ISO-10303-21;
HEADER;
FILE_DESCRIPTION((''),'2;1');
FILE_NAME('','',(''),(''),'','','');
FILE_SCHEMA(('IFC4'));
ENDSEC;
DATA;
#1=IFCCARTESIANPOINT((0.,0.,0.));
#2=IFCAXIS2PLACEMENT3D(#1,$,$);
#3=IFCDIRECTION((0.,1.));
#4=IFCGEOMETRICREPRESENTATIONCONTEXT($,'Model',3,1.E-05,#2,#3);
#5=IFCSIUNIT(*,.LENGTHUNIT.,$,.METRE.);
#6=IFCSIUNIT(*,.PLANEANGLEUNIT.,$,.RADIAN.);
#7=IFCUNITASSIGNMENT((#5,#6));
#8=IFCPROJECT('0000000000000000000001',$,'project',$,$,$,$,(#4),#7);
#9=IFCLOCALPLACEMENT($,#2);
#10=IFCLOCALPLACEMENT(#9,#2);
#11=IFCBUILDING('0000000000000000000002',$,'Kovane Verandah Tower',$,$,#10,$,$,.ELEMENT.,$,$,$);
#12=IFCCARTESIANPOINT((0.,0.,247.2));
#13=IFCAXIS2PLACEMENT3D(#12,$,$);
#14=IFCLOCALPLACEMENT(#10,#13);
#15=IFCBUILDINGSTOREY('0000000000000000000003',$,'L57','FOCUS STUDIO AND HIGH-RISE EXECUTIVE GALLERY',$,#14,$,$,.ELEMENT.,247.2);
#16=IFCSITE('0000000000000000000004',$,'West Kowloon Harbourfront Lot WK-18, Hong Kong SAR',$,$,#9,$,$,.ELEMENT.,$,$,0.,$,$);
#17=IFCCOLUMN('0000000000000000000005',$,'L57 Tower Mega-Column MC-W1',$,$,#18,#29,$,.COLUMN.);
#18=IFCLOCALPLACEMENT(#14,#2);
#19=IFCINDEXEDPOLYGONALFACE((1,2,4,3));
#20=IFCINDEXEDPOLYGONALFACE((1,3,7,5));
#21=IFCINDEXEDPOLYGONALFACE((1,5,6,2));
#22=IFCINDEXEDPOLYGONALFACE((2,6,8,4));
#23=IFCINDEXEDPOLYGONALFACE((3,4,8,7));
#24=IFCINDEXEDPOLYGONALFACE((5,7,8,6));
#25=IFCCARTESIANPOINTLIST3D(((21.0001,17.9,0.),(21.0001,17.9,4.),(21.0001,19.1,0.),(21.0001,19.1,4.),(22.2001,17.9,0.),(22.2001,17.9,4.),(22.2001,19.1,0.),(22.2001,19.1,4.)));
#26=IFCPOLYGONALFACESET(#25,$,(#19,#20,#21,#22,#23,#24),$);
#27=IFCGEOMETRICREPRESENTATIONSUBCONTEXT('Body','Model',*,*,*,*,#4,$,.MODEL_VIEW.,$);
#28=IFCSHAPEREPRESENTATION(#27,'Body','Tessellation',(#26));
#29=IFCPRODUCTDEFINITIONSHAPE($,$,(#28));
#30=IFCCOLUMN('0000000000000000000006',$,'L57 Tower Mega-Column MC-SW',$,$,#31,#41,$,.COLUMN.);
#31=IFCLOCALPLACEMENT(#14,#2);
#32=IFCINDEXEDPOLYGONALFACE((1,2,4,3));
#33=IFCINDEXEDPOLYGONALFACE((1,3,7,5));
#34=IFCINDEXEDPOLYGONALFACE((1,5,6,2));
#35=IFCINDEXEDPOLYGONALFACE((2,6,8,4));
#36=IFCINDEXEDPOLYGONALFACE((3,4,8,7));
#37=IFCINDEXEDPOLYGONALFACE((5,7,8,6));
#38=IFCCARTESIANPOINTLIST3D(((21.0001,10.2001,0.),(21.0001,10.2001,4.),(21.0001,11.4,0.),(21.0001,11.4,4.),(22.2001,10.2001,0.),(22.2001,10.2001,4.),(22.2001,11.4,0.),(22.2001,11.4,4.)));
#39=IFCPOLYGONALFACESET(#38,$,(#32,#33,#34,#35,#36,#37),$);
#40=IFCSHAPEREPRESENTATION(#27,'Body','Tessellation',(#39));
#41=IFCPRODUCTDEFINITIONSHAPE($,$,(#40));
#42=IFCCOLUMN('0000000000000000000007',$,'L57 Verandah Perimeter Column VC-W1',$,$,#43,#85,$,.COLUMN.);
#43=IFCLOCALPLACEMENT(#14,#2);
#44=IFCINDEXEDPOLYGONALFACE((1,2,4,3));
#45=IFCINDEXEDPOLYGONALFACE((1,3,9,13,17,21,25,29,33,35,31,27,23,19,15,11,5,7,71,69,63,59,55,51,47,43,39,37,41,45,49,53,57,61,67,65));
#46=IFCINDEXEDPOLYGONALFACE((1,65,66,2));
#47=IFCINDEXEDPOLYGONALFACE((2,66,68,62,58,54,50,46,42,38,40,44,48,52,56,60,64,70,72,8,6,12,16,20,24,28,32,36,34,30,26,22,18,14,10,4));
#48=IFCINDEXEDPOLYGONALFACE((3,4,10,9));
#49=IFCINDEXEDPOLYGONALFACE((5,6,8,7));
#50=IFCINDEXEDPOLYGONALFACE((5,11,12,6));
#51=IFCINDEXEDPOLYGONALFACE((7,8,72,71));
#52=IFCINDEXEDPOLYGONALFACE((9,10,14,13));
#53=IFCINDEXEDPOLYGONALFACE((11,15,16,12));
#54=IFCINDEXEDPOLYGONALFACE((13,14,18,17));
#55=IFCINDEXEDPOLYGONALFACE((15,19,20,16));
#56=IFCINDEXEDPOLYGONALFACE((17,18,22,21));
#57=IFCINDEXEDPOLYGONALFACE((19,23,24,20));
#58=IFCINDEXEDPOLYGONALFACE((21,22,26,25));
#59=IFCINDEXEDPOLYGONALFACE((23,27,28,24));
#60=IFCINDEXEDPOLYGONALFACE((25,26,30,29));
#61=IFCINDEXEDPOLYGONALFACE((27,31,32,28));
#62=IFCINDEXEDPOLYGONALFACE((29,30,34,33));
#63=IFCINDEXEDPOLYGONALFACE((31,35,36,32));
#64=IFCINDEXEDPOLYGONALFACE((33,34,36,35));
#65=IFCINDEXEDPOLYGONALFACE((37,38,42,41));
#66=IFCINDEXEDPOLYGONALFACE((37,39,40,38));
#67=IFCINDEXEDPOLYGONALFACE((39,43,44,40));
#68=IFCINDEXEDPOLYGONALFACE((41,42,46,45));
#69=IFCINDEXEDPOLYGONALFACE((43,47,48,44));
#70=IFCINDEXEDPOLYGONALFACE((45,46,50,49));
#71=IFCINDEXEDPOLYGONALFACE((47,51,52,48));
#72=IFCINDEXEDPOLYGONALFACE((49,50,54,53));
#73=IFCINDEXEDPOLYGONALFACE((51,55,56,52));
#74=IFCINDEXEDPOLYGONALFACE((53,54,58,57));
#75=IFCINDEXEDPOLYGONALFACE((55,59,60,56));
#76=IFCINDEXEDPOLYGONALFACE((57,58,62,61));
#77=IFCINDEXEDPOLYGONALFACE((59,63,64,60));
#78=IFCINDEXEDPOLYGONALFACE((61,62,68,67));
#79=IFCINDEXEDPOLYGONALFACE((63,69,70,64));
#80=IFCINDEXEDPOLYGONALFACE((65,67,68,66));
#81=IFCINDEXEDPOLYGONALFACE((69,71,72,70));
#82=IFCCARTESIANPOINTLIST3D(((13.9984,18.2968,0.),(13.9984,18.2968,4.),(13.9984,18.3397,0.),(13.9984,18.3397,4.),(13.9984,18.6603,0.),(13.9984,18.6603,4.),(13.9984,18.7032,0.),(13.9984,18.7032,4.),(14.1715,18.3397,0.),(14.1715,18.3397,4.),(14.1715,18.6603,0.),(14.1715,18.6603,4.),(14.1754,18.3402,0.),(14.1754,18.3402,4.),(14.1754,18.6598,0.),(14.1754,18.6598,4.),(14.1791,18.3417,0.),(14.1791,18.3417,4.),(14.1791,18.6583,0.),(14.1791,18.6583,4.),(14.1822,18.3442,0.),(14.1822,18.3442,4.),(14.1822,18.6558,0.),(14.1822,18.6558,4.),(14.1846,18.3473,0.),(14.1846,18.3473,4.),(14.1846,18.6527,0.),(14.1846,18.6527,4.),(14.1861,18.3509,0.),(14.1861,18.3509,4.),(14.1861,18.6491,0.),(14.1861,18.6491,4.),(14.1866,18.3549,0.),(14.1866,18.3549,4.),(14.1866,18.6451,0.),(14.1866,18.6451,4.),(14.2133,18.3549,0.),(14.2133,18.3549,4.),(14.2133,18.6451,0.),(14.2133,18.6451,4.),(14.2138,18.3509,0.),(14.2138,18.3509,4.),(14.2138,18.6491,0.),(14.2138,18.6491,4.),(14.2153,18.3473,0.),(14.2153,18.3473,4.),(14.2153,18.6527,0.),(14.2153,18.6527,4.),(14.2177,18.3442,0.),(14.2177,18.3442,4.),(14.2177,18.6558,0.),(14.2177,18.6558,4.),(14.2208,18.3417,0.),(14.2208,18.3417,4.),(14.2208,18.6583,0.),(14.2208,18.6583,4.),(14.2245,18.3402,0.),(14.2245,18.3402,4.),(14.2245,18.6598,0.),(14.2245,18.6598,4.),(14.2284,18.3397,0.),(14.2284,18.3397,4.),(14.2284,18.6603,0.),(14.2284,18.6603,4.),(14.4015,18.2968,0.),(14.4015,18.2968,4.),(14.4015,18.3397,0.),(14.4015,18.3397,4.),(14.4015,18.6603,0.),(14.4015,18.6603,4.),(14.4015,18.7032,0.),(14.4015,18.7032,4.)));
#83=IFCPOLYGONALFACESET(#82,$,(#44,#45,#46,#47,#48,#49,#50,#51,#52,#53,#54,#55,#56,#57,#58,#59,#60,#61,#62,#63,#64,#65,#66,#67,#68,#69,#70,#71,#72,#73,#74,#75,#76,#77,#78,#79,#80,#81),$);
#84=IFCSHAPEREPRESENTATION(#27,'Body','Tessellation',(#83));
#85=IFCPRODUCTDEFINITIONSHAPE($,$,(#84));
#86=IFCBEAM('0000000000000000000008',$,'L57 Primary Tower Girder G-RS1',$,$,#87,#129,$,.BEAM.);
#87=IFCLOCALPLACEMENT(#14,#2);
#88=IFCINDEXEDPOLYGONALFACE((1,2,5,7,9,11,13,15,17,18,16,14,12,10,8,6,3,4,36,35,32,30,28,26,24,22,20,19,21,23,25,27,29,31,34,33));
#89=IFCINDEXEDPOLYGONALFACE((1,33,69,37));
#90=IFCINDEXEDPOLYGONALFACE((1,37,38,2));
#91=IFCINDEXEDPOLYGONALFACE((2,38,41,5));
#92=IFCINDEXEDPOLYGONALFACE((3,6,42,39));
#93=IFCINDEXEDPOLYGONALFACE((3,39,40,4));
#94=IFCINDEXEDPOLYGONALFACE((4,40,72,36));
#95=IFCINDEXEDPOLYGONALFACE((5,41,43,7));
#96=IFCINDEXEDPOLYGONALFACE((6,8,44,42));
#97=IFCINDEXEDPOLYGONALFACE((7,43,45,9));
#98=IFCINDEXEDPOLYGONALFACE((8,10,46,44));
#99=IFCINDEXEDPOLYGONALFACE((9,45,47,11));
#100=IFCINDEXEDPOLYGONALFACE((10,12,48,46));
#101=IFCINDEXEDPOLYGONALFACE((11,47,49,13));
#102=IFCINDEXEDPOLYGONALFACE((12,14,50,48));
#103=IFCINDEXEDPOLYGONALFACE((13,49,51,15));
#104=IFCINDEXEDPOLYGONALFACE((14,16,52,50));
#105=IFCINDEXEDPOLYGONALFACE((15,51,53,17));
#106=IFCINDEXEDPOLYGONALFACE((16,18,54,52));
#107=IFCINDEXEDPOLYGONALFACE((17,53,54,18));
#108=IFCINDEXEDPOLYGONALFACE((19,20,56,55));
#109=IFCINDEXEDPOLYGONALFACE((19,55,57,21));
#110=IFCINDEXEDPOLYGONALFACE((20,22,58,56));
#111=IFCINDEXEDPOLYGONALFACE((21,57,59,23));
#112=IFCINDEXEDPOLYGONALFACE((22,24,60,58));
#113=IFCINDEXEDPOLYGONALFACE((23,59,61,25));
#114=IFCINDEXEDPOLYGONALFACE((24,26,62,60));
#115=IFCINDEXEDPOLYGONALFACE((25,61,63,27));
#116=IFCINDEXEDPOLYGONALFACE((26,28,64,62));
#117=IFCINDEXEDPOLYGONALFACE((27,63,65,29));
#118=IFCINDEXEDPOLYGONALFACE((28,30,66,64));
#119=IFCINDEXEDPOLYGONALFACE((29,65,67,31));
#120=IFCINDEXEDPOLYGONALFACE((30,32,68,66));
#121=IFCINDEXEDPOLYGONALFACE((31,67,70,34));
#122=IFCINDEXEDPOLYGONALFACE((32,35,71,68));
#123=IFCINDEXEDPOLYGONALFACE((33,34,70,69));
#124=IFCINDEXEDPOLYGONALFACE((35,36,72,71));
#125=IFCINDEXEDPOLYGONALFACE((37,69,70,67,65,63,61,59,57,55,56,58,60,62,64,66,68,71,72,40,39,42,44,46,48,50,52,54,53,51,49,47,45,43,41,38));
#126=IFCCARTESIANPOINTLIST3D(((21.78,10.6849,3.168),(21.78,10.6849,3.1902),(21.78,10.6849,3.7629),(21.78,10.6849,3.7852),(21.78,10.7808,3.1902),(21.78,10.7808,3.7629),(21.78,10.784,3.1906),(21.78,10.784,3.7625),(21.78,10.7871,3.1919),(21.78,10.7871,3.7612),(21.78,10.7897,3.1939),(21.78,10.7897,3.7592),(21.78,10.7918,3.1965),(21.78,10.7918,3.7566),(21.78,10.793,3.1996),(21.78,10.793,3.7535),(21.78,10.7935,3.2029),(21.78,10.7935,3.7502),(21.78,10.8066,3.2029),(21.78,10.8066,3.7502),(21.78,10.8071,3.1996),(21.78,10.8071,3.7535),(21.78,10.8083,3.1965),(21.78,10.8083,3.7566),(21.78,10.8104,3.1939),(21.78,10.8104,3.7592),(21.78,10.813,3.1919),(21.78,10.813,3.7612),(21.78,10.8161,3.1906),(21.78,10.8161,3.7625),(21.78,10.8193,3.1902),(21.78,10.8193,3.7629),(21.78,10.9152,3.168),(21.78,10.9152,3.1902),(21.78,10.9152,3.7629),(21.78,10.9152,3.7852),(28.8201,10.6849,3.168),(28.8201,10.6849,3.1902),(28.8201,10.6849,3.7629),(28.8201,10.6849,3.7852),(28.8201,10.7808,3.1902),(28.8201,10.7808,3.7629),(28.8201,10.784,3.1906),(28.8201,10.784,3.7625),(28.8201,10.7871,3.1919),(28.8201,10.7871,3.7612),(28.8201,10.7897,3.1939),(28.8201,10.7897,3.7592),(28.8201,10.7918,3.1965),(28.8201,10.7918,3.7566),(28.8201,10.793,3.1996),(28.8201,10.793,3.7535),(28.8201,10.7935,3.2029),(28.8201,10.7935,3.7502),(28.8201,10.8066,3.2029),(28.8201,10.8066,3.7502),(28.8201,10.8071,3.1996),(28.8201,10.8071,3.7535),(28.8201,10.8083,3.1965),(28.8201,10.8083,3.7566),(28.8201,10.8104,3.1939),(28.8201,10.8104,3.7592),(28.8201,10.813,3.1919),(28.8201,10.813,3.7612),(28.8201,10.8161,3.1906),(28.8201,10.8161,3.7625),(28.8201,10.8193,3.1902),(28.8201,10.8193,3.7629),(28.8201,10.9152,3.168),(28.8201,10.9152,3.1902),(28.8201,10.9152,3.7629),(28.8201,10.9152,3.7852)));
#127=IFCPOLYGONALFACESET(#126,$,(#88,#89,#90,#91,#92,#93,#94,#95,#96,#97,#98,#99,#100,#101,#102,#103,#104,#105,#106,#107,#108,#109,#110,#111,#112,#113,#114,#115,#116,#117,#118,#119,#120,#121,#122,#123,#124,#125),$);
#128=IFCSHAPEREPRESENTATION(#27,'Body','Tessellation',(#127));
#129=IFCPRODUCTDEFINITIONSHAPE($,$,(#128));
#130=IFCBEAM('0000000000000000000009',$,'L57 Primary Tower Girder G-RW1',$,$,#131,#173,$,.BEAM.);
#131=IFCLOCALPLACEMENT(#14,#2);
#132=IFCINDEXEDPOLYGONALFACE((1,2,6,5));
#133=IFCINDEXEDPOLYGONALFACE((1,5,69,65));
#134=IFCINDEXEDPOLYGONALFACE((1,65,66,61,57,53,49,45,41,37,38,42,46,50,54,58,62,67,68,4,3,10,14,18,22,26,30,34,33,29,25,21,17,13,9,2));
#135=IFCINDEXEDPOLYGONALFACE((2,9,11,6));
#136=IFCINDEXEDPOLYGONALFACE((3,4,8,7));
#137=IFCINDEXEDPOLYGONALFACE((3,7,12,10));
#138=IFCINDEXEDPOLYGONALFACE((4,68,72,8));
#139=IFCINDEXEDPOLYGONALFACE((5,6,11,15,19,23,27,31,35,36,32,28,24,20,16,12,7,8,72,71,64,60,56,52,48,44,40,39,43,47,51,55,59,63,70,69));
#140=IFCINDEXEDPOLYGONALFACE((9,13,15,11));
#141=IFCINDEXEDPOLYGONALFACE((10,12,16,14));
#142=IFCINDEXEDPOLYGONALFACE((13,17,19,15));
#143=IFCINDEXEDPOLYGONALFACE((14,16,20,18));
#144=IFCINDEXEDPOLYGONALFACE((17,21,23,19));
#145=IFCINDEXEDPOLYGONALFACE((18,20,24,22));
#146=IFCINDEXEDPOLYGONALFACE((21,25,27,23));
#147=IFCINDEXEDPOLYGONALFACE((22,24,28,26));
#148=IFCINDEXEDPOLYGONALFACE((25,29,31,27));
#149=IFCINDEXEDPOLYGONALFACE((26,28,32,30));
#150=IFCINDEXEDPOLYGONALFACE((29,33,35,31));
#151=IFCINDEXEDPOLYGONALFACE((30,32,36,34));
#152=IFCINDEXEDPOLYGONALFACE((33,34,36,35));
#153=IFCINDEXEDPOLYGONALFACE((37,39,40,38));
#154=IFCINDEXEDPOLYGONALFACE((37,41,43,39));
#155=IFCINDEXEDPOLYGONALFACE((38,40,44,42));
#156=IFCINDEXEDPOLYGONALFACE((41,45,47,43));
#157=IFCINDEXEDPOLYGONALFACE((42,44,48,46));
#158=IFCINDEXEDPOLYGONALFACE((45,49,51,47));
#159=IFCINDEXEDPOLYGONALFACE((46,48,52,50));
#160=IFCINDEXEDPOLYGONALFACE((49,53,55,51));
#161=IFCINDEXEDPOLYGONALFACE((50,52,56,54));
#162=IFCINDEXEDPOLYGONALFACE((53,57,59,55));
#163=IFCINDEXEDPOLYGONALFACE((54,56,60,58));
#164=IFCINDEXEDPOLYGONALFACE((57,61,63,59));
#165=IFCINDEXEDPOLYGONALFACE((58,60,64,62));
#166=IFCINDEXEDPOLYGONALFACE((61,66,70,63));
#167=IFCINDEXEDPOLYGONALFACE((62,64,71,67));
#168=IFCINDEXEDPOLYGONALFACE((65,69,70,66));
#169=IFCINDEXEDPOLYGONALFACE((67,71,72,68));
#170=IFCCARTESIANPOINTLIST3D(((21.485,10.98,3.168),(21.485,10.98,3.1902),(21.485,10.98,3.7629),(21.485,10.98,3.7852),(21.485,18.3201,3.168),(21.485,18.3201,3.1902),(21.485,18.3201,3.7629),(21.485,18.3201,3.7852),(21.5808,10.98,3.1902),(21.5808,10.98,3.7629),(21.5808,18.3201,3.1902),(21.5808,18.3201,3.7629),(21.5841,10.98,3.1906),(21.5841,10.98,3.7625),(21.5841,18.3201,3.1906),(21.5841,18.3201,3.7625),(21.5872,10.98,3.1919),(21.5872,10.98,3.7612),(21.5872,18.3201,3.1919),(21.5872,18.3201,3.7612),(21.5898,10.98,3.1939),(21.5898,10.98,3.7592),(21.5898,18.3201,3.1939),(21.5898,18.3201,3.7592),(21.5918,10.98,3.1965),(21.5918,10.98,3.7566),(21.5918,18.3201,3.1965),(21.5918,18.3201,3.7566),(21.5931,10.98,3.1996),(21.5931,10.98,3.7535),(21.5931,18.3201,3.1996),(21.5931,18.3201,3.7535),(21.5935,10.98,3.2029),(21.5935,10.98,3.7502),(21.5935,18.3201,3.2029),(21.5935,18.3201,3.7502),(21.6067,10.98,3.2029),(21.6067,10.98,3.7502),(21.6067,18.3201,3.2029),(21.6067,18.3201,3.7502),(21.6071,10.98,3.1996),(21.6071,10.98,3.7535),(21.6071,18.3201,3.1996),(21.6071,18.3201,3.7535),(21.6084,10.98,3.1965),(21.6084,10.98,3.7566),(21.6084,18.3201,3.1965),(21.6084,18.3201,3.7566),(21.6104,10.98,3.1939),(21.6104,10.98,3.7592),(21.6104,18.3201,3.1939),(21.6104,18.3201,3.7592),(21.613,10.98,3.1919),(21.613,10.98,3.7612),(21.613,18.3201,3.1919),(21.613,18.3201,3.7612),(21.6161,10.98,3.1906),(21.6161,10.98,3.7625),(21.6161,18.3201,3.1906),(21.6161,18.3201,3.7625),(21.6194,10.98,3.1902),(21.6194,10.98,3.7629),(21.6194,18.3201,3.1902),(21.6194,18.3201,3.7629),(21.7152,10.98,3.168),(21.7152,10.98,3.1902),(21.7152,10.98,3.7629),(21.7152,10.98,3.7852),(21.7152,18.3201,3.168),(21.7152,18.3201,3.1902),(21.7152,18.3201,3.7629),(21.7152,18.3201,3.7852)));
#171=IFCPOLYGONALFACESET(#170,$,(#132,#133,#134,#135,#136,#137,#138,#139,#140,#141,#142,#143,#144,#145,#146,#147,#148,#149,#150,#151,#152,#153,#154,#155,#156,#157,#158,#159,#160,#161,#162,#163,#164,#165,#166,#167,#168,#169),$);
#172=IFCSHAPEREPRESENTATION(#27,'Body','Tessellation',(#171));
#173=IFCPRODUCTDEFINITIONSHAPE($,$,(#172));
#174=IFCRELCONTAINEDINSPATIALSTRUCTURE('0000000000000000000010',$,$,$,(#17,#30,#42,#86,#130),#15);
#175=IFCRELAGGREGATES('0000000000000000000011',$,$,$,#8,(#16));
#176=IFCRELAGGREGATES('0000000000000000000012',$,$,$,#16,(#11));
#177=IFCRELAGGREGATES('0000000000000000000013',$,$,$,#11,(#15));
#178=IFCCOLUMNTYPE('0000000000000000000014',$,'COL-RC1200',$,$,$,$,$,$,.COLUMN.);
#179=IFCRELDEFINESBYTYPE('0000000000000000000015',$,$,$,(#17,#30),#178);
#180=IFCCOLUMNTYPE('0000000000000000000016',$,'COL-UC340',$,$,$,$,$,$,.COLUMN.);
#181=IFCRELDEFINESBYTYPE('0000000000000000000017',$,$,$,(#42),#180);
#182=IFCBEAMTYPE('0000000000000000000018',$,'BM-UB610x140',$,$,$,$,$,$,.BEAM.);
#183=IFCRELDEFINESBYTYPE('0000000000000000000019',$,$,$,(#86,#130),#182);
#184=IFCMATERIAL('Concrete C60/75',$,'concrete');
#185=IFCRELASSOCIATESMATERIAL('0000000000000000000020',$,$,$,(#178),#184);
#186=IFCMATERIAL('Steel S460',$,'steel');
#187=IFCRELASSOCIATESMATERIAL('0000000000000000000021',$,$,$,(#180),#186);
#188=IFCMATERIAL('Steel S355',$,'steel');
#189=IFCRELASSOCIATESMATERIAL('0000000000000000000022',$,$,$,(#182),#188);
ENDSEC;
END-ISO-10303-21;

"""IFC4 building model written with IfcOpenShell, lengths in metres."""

from ifc_helpers import new_model, si_unit, direction, frame, origin, origin_2d, place, context, subcontext, project, spatial, rectangle, i_section, extrude, material, material_profile, profile_set, type_object, element, save


model = new_model("IFC4")

# Units and contexts
model_context = context("Model", 3, precision=1e-05, world=origin(), true_north=direction((0.0, 1.0)))
body_context = subcontext(model_context, "Body", "Model", "MODEL_VIEW")
ifc_project = project(units=[si_unit("LENGTHUNIT", "METRE"), si_unit("PLANEANGLEUNIT", "RADIAN")], contexts=[model_context])

# Site, building, storey
site_placement = place(None, origin())
site = spatial("IfcSite", under=ifc_project, at=site_placement, Name="West Kowloon Harbourfront Lot WK-18, Hong Kong SAR", CompositionType="ELEMENT", RefElevation=0.0)
building_placement = place(site_placement, origin())
building = spatial("IfcBuilding", under=site, at=building_placement, Name="Kovane Verandah Tower", CompositionType="ELEMENT")
storey_placement = place(building_placement, frame((0.0, 0.0, 247.2)))
storey = spatial("IfcBuildingStorey", under=building, at=storey_placement, Name="L57", Description="FOCUS STUDIO AND HIGH-RISE EXECUTIVE GALLERY", CompositionType="ELEMENT", Elevation=247.2)

# Columns
ifc_material_1 = material(Name="Concrete C60/75", Category="concrete")
ifc_material_profile_1 = material_profile(ifc_material_1, rectangle(XDim=1.2, YDim=1.2, at=origin_2d()), Name="RC1200x1200")
ifc_profile_set_1 = profile_set([ifc_material_profile_1], Name="Concrete C60/75")
column_type_1 = type_object("IfcColumnType", Name="COL-RC1200", PredefinedType="COLUMN", material=ifc_profile_set_1)
for number, where, z_axis, x_axis, name in (
    (1, (21.6001, 18.5, 0.0), (0.0, 0.0, 1.0), (1.0, 0.0, 0.0), "L57 Tower Mega-Column MC-W1"),
    (2, (21.6001, 10.8, 0.0), (0.0, 0.0, 1.0), (1.0, 0.0, 0.0), "L57 Tower Mega-Column MC-SW"),
):
    element("IfcColumn", number, at=place(storey_placement, frame(where, z_axis=z_axis, x_axis=x_axis)), inside=storey, type_object=column_type_1, Name=name, PredefinedType="COLUMN", context=body_context, shape_type="SweptSolid", body=[
        extrude(rectangle(XDim=1.2, YDim=1.2, at=origin_2d()), origin(), (0.0, 0.0, 1.0), 4.0),
    ])
ifc_material_2 = material(Name="Steel S460", Category="steel")
ifc_material_profile_2 = material_profile(ifc_material_2, i_section(OverallWidth=0.4031, OverallDepth=0.4065, WebThickness=0.0266, FlangeThickness=0.043, FilletRadius=0.0151, at=origin_2d()), Name="UC356x406x340")
ifc_profile_set_2 = profile_set([ifc_material_profile_2], Name="Steel S460")
column_type_2 = type_object("IfcColumnType", Name="COL-UC340", PredefinedType="COLUMN", material=ifc_profile_set_2)
column_placement = place(storey_placement, frame((14.2, 18.5, 0.0), z_axis=(0.0, 0.0, 1.0), x_axis=(1.0, 0.0, 0.0)))
element("IfcColumn", 3, at=column_placement, inside=storey, type_object=column_type_2, Name="L57 Verandah Perimeter Column VC-W1", PredefinedType="COLUMN", context=body_context, shape_type="SweptSolid", body=[
    extrude(i_section(OverallWidth=0.4031, OverallDepth=0.4065, WebThickness=0.0266, FlangeThickness=0.043, FilletRadius=0.0151, at=origin_2d()), origin(), (0.0, 0.0, 1.0), 4.0),
])

# Beams
ifc_material_3 = material(Name="Steel S355", Category="steel")
ifc_material_profile_3 = material_profile(ifc_material_3, i_section(OverallWidth=0.2302, OverallDepth=0.6172, WebThickness=0.0132, FlangeThickness=0.0222, FilletRadius=0.0127, at=origin_2d()), Name="UB610x229x140")
ifc_profile_set_3 = profile_set([ifc_material_profile_3], Name="Steel S355")
beam_type_1 = type_object("IfcBeamType", Name="BM-UB610x140", PredefinedType="BEAM", material=ifc_profile_set_3)
beam_1_placement = place(storey_placement, frame((21.78, 10.8, 3.4766), z_axis=(1.0, 0.0, 0.0), x_axis=(0.0, 1.0, 0.0)))
element("IfcBeam", 4, at=beam_1_placement, inside=storey, type_object=beam_type_1, Name="L57 Primary Tower Girder G-RS1", PredefinedType="BEAM", context=body_context, shape_type="SweptSolid", body=[
    extrude(i_section(OverallWidth=0.2302, OverallDepth=0.6172, WebThickness=0.0132, FlangeThickness=0.0222, FilletRadius=0.0127, at=origin_2d()), origin(), (0.0, 0.0, 1.0), 7.04),
])
beam_2_placement = place(storey_placement, frame((21.6001, 10.98, 3.4766), z_axis=(0.0, 1.0, 0.0), x_axis=(-1.0, 0.0, 0.0)))
element("IfcBeam", 5, at=beam_2_placement, inside=storey, type_object=beam_type_1, Name="L57 Primary Tower Girder G-RW1", PredefinedType="BEAM", context=body_context, shape_type="SweptSolid", body=[
    extrude(i_section(OverallWidth=0.2302, OverallDepth=0.6172, WebThickness=0.0132, FlangeThickness=0.0222, FilletRadius=0.0127, at=origin_2d()), origin(), (0.0, 0.0, 1.0), 7.3401),
])

save(model, "model.ifc")
